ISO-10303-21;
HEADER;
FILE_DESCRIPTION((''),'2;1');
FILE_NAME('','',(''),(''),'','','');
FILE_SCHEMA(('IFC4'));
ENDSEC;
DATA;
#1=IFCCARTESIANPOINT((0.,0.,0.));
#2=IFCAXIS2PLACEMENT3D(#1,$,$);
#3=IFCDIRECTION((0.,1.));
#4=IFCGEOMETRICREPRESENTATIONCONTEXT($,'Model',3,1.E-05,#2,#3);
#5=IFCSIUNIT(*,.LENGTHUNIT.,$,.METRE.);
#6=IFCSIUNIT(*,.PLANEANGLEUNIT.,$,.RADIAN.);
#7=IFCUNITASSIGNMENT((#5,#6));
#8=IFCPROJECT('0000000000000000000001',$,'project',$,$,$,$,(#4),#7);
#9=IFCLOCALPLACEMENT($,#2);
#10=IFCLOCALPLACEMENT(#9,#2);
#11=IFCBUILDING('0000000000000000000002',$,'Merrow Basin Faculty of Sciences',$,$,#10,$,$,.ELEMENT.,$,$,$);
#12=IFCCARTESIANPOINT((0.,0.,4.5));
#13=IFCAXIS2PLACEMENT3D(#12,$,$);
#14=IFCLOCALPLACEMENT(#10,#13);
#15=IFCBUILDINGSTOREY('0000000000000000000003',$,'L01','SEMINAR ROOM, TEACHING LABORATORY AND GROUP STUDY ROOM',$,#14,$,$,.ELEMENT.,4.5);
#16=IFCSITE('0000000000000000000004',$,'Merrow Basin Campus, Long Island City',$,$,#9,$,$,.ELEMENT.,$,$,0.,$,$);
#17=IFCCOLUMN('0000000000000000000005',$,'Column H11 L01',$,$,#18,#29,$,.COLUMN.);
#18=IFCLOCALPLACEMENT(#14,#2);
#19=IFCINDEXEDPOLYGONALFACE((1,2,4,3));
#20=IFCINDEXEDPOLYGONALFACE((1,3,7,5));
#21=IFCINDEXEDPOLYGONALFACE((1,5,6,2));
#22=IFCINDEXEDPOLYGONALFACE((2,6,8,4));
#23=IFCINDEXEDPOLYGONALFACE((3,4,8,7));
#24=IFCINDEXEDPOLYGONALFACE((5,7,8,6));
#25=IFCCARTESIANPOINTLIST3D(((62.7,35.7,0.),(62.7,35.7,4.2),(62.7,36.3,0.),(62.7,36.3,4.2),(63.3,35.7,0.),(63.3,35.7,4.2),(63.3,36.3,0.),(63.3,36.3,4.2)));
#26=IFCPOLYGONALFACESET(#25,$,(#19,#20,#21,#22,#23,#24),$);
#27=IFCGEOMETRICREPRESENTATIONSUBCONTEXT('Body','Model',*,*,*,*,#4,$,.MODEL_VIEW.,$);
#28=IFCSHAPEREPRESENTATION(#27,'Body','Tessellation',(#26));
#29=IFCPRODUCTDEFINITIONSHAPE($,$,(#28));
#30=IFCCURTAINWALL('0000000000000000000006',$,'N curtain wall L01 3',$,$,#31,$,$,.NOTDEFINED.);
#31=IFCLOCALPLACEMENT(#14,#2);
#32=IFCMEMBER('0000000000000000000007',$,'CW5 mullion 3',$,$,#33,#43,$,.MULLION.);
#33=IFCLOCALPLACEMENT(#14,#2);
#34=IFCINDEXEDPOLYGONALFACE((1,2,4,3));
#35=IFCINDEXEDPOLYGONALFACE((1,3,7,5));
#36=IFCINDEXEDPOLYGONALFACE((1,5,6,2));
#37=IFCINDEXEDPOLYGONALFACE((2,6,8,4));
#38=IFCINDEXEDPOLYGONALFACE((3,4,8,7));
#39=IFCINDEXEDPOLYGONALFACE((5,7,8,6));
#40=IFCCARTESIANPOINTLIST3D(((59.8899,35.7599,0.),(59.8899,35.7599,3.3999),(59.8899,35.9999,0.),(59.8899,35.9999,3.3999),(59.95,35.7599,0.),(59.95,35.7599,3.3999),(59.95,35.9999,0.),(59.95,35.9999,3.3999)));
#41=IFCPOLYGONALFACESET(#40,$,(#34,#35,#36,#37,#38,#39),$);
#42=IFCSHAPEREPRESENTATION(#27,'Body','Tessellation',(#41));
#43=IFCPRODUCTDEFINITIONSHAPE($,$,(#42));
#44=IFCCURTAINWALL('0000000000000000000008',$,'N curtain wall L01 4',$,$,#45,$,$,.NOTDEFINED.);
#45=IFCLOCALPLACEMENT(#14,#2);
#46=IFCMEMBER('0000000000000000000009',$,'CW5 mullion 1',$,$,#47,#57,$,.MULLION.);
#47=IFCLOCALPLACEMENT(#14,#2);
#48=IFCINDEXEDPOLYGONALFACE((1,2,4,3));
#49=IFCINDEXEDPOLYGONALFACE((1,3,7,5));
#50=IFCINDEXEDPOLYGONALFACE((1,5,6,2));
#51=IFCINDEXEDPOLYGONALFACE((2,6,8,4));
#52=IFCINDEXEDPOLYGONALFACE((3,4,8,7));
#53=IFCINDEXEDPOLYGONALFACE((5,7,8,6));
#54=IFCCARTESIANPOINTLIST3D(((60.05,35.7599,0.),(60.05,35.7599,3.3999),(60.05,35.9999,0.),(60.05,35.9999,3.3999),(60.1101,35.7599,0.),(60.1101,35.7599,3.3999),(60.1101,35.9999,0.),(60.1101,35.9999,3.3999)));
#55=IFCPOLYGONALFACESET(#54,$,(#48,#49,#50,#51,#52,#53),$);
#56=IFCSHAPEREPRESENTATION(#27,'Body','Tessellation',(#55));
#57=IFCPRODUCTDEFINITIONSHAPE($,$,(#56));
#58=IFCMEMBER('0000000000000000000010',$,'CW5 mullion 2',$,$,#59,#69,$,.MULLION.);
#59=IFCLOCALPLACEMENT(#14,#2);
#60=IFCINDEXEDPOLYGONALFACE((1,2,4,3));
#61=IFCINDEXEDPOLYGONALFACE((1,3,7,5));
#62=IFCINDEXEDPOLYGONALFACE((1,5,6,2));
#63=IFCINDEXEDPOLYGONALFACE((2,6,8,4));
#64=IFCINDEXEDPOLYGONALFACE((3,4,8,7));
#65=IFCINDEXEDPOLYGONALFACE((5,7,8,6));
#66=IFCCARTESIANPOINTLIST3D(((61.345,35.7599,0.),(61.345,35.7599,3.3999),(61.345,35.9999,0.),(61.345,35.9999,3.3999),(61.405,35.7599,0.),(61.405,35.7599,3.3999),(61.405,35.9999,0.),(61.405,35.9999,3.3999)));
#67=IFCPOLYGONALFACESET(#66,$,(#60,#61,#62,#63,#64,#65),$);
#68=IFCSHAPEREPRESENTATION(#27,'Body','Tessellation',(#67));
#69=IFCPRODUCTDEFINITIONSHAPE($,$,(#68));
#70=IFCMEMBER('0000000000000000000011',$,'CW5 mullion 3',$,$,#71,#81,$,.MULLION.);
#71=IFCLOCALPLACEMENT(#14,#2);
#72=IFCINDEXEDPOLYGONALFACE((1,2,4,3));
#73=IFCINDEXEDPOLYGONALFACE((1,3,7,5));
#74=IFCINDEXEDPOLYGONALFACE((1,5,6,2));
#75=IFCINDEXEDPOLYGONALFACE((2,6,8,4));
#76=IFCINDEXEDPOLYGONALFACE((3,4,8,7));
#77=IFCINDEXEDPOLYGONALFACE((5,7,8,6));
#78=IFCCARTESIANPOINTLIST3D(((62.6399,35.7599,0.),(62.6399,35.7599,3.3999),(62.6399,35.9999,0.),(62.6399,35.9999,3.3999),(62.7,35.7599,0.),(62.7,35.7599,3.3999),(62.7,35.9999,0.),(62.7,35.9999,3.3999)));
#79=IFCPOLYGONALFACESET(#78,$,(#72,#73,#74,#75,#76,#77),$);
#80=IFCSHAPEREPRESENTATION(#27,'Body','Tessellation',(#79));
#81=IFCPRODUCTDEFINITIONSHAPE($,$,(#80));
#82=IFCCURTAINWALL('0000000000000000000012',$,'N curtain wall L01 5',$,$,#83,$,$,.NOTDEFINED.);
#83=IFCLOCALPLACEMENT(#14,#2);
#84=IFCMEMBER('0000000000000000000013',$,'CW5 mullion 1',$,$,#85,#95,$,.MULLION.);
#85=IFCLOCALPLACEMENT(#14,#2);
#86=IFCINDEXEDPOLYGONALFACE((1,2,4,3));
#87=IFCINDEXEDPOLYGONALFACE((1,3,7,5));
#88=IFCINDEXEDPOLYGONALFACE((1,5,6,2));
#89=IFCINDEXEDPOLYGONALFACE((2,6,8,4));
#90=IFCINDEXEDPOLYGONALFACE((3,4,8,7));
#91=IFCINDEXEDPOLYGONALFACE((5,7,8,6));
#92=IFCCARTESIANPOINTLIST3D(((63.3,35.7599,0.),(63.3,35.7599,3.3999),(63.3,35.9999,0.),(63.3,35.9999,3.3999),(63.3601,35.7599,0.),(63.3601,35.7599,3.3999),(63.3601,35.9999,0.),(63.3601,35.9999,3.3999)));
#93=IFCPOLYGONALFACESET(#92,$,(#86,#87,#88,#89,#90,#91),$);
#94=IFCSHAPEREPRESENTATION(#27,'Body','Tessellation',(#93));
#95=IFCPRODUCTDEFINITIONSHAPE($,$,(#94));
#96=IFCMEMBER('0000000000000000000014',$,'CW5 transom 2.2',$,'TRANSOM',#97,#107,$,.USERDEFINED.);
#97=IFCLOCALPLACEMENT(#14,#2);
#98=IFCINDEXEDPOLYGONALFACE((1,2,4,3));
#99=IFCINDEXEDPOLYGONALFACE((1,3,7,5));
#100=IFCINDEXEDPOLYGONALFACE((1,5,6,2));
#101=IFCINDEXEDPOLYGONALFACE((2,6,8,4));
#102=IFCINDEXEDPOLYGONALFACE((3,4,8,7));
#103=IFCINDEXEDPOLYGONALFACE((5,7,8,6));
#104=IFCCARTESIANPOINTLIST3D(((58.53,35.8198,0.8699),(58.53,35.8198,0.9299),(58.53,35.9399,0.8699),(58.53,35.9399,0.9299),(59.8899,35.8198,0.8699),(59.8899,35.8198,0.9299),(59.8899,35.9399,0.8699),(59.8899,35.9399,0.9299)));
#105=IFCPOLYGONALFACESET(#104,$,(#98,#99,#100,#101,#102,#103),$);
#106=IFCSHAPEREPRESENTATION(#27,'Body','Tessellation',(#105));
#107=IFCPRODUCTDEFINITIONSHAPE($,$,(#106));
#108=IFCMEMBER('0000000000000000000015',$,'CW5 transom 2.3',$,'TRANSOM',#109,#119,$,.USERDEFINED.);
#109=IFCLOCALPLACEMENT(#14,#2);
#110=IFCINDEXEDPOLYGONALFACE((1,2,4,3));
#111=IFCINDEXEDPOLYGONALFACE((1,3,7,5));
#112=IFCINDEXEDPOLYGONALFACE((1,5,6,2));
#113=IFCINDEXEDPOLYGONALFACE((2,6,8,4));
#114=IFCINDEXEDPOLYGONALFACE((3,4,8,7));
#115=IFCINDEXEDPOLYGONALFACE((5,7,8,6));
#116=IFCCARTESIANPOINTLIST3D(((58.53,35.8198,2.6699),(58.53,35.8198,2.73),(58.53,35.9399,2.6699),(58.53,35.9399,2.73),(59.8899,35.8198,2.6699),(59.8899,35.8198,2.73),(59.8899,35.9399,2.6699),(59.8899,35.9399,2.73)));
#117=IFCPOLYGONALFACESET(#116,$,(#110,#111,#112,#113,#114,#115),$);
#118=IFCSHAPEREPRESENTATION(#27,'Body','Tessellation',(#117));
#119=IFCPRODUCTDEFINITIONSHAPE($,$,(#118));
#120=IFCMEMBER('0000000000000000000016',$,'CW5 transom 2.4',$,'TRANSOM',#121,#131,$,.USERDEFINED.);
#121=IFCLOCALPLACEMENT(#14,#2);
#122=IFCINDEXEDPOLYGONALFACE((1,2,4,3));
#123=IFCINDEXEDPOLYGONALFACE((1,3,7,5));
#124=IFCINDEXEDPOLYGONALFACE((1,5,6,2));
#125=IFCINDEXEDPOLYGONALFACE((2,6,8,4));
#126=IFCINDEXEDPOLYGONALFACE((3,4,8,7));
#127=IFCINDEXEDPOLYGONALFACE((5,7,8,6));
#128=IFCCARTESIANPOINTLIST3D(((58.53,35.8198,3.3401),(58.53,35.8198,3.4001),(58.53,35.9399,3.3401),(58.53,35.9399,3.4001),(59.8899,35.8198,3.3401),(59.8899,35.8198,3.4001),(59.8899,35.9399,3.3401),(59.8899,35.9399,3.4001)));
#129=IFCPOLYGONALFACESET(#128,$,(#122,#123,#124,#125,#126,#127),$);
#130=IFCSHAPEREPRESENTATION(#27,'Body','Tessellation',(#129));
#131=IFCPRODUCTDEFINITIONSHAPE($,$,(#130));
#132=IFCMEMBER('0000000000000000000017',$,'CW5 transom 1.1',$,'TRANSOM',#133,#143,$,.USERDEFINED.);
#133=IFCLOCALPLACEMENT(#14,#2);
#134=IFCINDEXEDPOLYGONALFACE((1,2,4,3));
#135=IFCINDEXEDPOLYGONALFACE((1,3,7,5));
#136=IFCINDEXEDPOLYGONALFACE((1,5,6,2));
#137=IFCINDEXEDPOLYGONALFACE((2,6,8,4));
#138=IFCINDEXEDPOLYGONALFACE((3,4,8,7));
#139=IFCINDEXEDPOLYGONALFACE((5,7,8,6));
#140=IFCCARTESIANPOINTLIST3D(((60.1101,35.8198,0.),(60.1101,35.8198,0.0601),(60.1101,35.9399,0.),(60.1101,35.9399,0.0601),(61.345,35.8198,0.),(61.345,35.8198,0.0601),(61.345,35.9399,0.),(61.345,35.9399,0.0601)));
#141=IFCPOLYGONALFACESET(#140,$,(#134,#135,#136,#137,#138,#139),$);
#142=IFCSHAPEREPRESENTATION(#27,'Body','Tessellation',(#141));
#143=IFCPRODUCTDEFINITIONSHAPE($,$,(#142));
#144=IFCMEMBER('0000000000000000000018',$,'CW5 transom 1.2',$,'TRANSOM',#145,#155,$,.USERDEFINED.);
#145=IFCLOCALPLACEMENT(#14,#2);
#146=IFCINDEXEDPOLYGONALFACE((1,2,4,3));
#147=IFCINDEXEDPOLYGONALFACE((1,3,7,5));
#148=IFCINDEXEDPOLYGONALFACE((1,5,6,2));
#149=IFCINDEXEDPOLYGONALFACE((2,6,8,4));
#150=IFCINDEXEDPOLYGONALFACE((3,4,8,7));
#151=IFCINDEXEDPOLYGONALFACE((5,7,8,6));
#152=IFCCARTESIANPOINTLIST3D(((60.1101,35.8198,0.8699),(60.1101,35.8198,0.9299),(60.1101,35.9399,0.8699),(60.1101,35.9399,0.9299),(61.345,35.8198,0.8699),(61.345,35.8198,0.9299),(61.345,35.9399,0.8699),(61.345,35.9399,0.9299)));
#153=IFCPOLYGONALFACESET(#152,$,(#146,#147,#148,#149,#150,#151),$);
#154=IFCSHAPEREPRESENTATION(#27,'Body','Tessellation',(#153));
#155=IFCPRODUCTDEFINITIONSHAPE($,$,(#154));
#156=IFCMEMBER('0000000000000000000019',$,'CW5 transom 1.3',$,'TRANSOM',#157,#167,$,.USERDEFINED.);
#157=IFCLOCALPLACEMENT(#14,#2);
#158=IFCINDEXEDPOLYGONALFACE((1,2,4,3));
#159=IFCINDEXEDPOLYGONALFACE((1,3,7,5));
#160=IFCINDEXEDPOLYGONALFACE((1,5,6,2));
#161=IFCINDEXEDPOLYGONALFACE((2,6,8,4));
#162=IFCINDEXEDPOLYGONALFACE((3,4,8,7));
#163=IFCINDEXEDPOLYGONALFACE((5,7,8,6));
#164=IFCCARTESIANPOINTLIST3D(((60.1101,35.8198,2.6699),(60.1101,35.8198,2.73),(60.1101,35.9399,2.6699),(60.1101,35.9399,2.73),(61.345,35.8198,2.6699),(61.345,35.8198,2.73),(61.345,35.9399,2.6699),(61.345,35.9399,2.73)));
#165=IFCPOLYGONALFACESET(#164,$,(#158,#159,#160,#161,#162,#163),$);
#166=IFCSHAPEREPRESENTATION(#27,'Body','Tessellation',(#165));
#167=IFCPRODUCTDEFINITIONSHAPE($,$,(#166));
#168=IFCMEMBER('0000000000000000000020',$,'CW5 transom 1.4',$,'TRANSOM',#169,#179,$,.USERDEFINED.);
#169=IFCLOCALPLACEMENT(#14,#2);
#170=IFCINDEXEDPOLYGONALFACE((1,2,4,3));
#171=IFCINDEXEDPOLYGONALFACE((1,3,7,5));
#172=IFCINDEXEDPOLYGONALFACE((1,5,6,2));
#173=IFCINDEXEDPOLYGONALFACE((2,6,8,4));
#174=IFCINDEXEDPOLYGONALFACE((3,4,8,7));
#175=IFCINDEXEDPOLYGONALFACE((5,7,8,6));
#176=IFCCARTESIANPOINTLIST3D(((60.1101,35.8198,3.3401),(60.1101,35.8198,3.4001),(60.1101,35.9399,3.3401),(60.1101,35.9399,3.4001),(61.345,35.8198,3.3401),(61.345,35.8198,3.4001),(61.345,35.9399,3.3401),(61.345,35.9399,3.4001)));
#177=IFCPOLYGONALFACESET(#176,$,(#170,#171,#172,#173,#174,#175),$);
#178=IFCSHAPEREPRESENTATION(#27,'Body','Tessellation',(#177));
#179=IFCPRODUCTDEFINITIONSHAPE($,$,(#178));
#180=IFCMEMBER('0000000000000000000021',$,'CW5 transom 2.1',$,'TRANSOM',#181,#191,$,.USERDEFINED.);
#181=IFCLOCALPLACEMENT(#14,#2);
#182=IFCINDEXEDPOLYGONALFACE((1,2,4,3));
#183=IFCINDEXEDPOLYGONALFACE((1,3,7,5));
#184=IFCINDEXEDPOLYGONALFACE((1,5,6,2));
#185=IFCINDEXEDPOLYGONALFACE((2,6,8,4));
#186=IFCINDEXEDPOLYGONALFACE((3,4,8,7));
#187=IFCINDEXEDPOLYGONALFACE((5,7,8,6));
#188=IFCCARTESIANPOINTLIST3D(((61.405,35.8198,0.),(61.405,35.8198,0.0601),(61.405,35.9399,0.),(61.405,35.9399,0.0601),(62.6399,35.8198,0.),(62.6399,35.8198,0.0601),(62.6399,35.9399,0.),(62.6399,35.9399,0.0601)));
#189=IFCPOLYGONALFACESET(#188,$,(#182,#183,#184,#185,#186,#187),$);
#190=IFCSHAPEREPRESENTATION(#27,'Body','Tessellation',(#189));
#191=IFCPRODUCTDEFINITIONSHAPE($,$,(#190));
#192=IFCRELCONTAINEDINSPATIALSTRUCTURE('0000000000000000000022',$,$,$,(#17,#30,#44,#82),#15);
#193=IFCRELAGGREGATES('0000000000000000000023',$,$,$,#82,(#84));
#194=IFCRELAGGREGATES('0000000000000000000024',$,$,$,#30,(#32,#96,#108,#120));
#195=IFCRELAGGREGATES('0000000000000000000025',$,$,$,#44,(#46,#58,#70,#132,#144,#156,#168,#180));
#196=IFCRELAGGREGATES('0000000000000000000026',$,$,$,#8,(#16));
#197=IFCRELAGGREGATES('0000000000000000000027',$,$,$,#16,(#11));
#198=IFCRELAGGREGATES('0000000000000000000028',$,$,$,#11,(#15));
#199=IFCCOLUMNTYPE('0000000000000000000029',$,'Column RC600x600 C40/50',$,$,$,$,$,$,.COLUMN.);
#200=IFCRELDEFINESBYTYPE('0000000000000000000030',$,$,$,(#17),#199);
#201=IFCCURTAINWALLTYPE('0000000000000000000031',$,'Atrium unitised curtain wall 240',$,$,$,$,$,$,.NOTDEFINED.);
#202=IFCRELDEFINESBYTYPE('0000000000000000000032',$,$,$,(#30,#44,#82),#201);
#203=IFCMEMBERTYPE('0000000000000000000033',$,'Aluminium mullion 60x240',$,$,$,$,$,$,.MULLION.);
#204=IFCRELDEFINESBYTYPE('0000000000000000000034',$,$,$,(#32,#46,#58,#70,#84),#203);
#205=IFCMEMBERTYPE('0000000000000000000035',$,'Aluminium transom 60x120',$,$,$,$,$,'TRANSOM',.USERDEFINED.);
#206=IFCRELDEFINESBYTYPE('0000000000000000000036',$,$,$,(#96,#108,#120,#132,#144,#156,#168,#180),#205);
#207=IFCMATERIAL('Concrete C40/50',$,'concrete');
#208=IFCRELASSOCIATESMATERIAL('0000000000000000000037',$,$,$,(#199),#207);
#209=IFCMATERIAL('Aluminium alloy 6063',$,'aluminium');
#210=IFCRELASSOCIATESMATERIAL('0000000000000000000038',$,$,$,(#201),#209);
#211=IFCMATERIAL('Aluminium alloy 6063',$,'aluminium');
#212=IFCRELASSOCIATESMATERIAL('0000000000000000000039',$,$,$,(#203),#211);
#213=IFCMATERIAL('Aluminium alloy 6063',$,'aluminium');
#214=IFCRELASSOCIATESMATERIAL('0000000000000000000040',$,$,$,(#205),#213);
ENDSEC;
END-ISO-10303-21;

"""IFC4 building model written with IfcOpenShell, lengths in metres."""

from ifc_helpers import new_model, si_unit, direction, frame, origin, origin_2d, place, context, subcontext, project, spatial, rectangle, extrude, material, material_profile, profile_set, type_object, element, aggregate, save


model = new_model("IFC4")

# Units and contexts
model_context = context("Model", 3, precision=1e-05, world=origin(), true_north=direction((0.0, 1.0)))
body_context = subcontext(model_context, "Body", "Model", "MODEL_VIEW")
ifc_project = project(units=[si_unit("LENGTHUNIT", "METRE"), si_unit("PLANEANGLEUNIT", "RADIAN")], contexts=[model_context])

# Site, building, storey
site_placement = place(None, origin())
site = spatial("IfcSite", under=ifc_project, at=site_placement, Name="Merrow Basin Campus, Long Island City", CompositionType="ELEMENT", RefElevation=0.0)
building_placement = place(site_placement, origin())
building = spatial("IfcBuilding", under=site, at=building_placement, Name="Merrow Basin Faculty of Sciences", CompositionType="ELEMENT")
storey_placement = place(building_placement, frame((0.0, 0.0, 4.5)))
storey = spatial("IfcBuildingStorey", under=building, at=storey_placement, Name="L01", Description="SEMINAR ROOM, TEACHING LABORATORY AND GROUP STUDY ROOM", CompositionType="ELEMENT", Elevation=4.5)

# Column
ifc_material_1 = material(Name="Concrete C40/50", Category="concrete")
ifc_material_profile_1 = material_profile(ifc_material_1, rectangle(XDim=0.6001, YDim=0.6001, at=origin_2d()))
ifc_profile_set_1 = profile_set([ifc_material_profile_1], Name="Concrete C40/50")
column_type = type_object("IfcColumnType", Name="Column RC600x600 C40/50", PredefinedType="COLUMN", material=ifc_profile_set_1)
column_placement = place(storey_placement, frame((63.0, 36.0, 0.0), z_axis=(0.0, 0.0, 1.0), x_axis=(1.0, 0.0, 0.0)))
element("IfcColumn", 1, at=column_placement, inside=storey, type_object=column_type, Name="Column H11 L01", PredefinedType="COLUMN", context=body_context, shape_type="SweptSolid", body=[
    extrude(rectangle(XDim=0.6001, YDim=0.6001, at=origin_2d()), origin(), (0.0, 0.0, 1.0), 4.2),
])

# Curtain wall, member
ifc_material_2 = material(Name="Aluminium alloy 6063", Category="aluminium")
curtain_wall_type = type_object("IfcCurtainWallType", Name="Atrium unitised curtain wall 240", PredefinedType="NOTDEFINED", material=ifc_material_2)
curtain_wall_1_placement = place(storey_placement, origin())
curtain_wall_1 = element("IfcCurtainWall", 2, at=curtain_wall_1_placement, inside=storey, type_object=curtain_wall_type, Name="N curtain wall L01 3", PredefinedType="NOTDEFINED")
ifc_material_3 = material(Name="Aluminium alloy 6063", Category="aluminium")
ifc_material_profile_2 = material_profile(ifc_material_3, rectangle(XDim=0.24, YDim=0.0601, at=origin_2d()))
ifc_profile_set_2 = profile_set([ifc_material_profile_2], Name="Aluminium alloy 6063")
member_type_1 = type_object("IfcMemberType", Name="Aluminium mullion 60x240", PredefinedType="MULLION", material=ifc_profile_set_2)
member_1_placement = place(storey_placement, frame((59.9199, 35.8799, 0.0), z_axis=(0.0, 0.0, 1.0), x_axis=(0.0, 1.0, 0.0)))
member_1 = element("IfcMember", 3, at=member_1_placement, type_object=member_type_1, Name="CW5 mullion 3", PredefinedType="MULLION", context=body_context, shape_type="SweptSolid", body=[
    extrude(rectangle(XDim=0.24, YDim=0.0601, at=origin_2d()), origin(), (0.0, 0.0, 1.0), 3.3999),
])

# Curtain wall, members
curtain_wall_2_placement = place(storey_placement, origin())
curtain_wall_2 = element("IfcCurtainWall", 4, at=curtain_wall_2_placement, inside=storey, type_object=curtain_wall_type, Name="N curtain wall L01 4", PredefinedType="NOTDEFINED")
member_2_placement = place(storey_placement, frame((60.0801, 35.8799, 0.0), z_axis=(0.0, 0.0, 1.0), x_axis=(0.0, 1.0, 0.0)))
member_2 = element("IfcMember", 5, at=member_2_placement, type_object=member_type_1, Name="CW5 mullion 1", PredefinedType="MULLION", context=body_context, shape_type="SweptSolid", body=[
    extrude(rectangle(XDim=0.24, YDim=0.0601, at=origin_2d()), origin(), (0.0, 0.0, 1.0), 3.3999),
])
member_3_placement = place(storey_placement, frame((61.375, 35.8799, 0.0), z_axis=(0.0, 0.0, 1.0), x_axis=(0.0, 1.0, 0.0)))
member_3 = element("IfcMember", 6, at=member_3_placement, type_object=member_type_1, Name="CW5 mullion 2", PredefinedType="MULLION", context=body_context, shape_type="SweptSolid", body=[
    extrude(rectangle(XDim=0.24, YDim=0.0601, at=origin_2d()), origin(), (0.0, 0.0, 1.0), 3.3999),
])
member_4_placement = place(storey_placement, frame((62.6699, 35.8799, 0.0), z_axis=(0.0, 0.0, 1.0), x_axis=(0.0, 1.0, 0.0)))
member_4 = element("IfcMember", 7, at=member_4_placement, type_object=member_type_1, Name="CW5 mullion 3", PredefinedType="MULLION", context=body_context, shape_type="SweptSolid", body=[
    extrude(rectangle(XDim=0.24, YDim=0.0601, at=origin_2d()), origin(), (0.0, 0.0, 1.0), 3.3999),
])

# Curtain wall, member
curtain_wall_3_placement = place(storey_placement, origin())
curtain_wall_3 = element("IfcCurtainWall", 8, at=curtain_wall_3_placement, inside=storey, type_object=curtain_wall_type, Name="N curtain wall L01 5", PredefinedType="NOTDEFINED")
member_5_placement = place(storey_placement, frame((63.3301, 35.8799, 0.0), z_axis=(0.0, 0.0, 1.0), x_axis=(0.0, 1.0, 0.0)))
member_5 = element("IfcMember", 9, at=member_5_placement, type_object=member_type_1, Name="CW5 mullion 1", PredefinedType="MULLION", context=body_context, shape_type="SweptSolid", body=[
    extrude(rectangle(XDim=0.24, YDim=0.0601, at=origin_2d()), origin(), (0.0, 0.0, 1.0), 3.3999),
])
aggregate(curtain_wall_3, [member_5])

# Members
ifc_material_4 = material(Name="Aluminium alloy 6063", Category="aluminium")
ifc_material_profile_3 = material_profile(ifc_material_4, rectangle(XDim=0.1201, YDim=0.0601, at=origin_2d()))
ifc_profile_set_3 = profile_set([ifc_material_profile_3], Name="Aluminium alloy 6063")
member_type_2 = type_object("IfcMemberType", Name="Aluminium transom 60x120", ElementType="TRANSOM", PredefinedType="USERDEFINED", material=ifc_profile_set_3)
member_6_placement = place(storey_placement, frame((58.53, 35.8799, 0.8999), z_axis=(1.0, 0.0, 0.0), x_axis=(0.0, 1.0, 0.0)))
member_6 = element("IfcMember", 10, at=member_6_placement, type_object=member_type_2, Name="CW5 transom 2.2", ObjectType="TRANSOM", PredefinedType="USERDEFINED", context=body_context, shape_type="SweptSolid", body=[
    extrude(rectangle(XDim=0.1201, YDim=0.0601, at=origin_2d()), origin(), (0.0, 0.0, 1.0), 1.3599),
])
member_7_placement = place(storey_placement, frame((58.53, 35.8799, 2.7), z_axis=(1.0, 0.0, 0.0), x_axis=(0.0, 1.0, 0.0)))
member_7 = element("IfcMember", 11, at=member_7_placement, type_object=member_type_2, Name="CW5 transom 2.3", ObjectType="TRANSOM", PredefinedType="USERDEFINED", context=body_context, shape_type="SweptSolid", body=[
    extrude(rectangle(XDim=0.1201, YDim=0.0601, at=origin_2d()), origin(), (0.0, 0.0, 1.0), 1.3599),
])
member_8_placement = place(storey_placement, frame((58.53, 35.8799, 3.3701), z_axis=(1.0, 0.0, 0.0), x_axis=(0.0, 1.0, 0.0)))
member_8 = element("IfcMember", 12, at=member_8_placement, type_object=member_type_2, Name="CW5 transom 2.4", ObjectType="TRANSOM", PredefinedType="USERDEFINED", context=body_context, shape_type="SweptSolid", body=[
    extrude(rectangle(XDim=0.1201, YDim=0.0601, at=origin_2d()), origin(), (0.0, 0.0, 1.0), 1.3599),
])
member_9_placement = place(storey_placement, frame((60.1101, 35.8799, 0.03), z_axis=(1.0, 0.0, 0.0), x_axis=(0.0, 1.0, 0.0)))
member_9 = element("IfcMember", 13, at=member_9_placement, type_object=member_type_2, Name="CW5 transom 1.1", ObjectType="TRANSOM", PredefinedType="USERDEFINED", context=body_context, shape_type="SweptSolid", body=[
    extrude(rectangle(XDim=0.1201, YDim=0.0601, at=origin_2d()), origin(), (0.0, 0.0, 1.0), 1.2349),
])
member_10_placement = place(storey_placement, frame((60.1101, 35.8799, 0.8999), z_axis=(1.0, 0.0, 0.0), x_axis=(0.0, 1.0, 0.0)))
member_10 = element("IfcMember", 14, at=member_10_placement, type_object=member_type_2, Name="CW5 transom 1.2", ObjectType="TRANSOM", PredefinedType="USERDEFINED", context=body_context, shape_type="SweptSolid", body=[
    extrude(rectangle(XDim=0.1201, YDim=0.0601, at=origin_2d()), origin(), (0.0, 0.0, 1.0), 1.2349),
])
member_11_placement = place(storey_placement, frame((60.1101, 35.8799, 2.7), z_axis=(1.0, 0.0, 0.0), x_axis=(0.0, 1.0, 0.0)))
member_11 = element("IfcMember", 15, at=member_11_placement, type_object=member_type_2, Name="CW5 transom 1.3", ObjectType="TRANSOM", PredefinedType="USERDEFINED", context=body_context, shape_type="SweptSolid", body=[
    extrude(rectangle(XDim=0.1201, YDim=0.0601, at=origin_2d()), origin(), (0.0, 0.0, 1.0), 1.2349),
])
member_12_placement = place(storey_placement, frame((60.1101, 35.8799, 3.3701), z_axis=(1.0, 0.0, 0.0), x_axis=(0.0, 1.0, 0.0)))
member_12 = element("IfcMember", 16, at=member_12_placement, type_object=member_type_2, Name="CW5 transom 1.4", ObjectType="TRANSOM", PredefinedType="USERDEFINED", context=body_context, shape_type="SweptSolid", body=[
    extrude(rectangle(XDim=0.1201, YDim=0.0601, at=origin_2d()), origin(), (0.0, 0.0, 1.0), 1.2349),
])
member_13_placement = place(storey_placement, frame((61.405, 35.8799, 0.03), z_axis=(1.0, 0.0, 0.0), x_axis=(0.0, 1.0, 0.0)))
member_13 = element("IfcMember", 17, at=member_13_placement, type_object=member_type_2, Name="CW5 transom 2.1", ObjectType="TRANSOM", PredefinedType="USERDEFINED", context=body_context, shape_type="SweptSolid", body=[
    extrude(rectangle(XDim=0.1201, YDim=0.0601, at=origin_2d()), origin(), (0.0, 0.0, 1.0), 1.2349),
])

aggregate(curtain_wall_1, [member_1, member_6, member_7, member_8])
aggregate(curtain_wall_2, [member_2, member_3, member_4, member_9, member_10, member_11, member_12, member_13])

save(model, "model.ifc")
